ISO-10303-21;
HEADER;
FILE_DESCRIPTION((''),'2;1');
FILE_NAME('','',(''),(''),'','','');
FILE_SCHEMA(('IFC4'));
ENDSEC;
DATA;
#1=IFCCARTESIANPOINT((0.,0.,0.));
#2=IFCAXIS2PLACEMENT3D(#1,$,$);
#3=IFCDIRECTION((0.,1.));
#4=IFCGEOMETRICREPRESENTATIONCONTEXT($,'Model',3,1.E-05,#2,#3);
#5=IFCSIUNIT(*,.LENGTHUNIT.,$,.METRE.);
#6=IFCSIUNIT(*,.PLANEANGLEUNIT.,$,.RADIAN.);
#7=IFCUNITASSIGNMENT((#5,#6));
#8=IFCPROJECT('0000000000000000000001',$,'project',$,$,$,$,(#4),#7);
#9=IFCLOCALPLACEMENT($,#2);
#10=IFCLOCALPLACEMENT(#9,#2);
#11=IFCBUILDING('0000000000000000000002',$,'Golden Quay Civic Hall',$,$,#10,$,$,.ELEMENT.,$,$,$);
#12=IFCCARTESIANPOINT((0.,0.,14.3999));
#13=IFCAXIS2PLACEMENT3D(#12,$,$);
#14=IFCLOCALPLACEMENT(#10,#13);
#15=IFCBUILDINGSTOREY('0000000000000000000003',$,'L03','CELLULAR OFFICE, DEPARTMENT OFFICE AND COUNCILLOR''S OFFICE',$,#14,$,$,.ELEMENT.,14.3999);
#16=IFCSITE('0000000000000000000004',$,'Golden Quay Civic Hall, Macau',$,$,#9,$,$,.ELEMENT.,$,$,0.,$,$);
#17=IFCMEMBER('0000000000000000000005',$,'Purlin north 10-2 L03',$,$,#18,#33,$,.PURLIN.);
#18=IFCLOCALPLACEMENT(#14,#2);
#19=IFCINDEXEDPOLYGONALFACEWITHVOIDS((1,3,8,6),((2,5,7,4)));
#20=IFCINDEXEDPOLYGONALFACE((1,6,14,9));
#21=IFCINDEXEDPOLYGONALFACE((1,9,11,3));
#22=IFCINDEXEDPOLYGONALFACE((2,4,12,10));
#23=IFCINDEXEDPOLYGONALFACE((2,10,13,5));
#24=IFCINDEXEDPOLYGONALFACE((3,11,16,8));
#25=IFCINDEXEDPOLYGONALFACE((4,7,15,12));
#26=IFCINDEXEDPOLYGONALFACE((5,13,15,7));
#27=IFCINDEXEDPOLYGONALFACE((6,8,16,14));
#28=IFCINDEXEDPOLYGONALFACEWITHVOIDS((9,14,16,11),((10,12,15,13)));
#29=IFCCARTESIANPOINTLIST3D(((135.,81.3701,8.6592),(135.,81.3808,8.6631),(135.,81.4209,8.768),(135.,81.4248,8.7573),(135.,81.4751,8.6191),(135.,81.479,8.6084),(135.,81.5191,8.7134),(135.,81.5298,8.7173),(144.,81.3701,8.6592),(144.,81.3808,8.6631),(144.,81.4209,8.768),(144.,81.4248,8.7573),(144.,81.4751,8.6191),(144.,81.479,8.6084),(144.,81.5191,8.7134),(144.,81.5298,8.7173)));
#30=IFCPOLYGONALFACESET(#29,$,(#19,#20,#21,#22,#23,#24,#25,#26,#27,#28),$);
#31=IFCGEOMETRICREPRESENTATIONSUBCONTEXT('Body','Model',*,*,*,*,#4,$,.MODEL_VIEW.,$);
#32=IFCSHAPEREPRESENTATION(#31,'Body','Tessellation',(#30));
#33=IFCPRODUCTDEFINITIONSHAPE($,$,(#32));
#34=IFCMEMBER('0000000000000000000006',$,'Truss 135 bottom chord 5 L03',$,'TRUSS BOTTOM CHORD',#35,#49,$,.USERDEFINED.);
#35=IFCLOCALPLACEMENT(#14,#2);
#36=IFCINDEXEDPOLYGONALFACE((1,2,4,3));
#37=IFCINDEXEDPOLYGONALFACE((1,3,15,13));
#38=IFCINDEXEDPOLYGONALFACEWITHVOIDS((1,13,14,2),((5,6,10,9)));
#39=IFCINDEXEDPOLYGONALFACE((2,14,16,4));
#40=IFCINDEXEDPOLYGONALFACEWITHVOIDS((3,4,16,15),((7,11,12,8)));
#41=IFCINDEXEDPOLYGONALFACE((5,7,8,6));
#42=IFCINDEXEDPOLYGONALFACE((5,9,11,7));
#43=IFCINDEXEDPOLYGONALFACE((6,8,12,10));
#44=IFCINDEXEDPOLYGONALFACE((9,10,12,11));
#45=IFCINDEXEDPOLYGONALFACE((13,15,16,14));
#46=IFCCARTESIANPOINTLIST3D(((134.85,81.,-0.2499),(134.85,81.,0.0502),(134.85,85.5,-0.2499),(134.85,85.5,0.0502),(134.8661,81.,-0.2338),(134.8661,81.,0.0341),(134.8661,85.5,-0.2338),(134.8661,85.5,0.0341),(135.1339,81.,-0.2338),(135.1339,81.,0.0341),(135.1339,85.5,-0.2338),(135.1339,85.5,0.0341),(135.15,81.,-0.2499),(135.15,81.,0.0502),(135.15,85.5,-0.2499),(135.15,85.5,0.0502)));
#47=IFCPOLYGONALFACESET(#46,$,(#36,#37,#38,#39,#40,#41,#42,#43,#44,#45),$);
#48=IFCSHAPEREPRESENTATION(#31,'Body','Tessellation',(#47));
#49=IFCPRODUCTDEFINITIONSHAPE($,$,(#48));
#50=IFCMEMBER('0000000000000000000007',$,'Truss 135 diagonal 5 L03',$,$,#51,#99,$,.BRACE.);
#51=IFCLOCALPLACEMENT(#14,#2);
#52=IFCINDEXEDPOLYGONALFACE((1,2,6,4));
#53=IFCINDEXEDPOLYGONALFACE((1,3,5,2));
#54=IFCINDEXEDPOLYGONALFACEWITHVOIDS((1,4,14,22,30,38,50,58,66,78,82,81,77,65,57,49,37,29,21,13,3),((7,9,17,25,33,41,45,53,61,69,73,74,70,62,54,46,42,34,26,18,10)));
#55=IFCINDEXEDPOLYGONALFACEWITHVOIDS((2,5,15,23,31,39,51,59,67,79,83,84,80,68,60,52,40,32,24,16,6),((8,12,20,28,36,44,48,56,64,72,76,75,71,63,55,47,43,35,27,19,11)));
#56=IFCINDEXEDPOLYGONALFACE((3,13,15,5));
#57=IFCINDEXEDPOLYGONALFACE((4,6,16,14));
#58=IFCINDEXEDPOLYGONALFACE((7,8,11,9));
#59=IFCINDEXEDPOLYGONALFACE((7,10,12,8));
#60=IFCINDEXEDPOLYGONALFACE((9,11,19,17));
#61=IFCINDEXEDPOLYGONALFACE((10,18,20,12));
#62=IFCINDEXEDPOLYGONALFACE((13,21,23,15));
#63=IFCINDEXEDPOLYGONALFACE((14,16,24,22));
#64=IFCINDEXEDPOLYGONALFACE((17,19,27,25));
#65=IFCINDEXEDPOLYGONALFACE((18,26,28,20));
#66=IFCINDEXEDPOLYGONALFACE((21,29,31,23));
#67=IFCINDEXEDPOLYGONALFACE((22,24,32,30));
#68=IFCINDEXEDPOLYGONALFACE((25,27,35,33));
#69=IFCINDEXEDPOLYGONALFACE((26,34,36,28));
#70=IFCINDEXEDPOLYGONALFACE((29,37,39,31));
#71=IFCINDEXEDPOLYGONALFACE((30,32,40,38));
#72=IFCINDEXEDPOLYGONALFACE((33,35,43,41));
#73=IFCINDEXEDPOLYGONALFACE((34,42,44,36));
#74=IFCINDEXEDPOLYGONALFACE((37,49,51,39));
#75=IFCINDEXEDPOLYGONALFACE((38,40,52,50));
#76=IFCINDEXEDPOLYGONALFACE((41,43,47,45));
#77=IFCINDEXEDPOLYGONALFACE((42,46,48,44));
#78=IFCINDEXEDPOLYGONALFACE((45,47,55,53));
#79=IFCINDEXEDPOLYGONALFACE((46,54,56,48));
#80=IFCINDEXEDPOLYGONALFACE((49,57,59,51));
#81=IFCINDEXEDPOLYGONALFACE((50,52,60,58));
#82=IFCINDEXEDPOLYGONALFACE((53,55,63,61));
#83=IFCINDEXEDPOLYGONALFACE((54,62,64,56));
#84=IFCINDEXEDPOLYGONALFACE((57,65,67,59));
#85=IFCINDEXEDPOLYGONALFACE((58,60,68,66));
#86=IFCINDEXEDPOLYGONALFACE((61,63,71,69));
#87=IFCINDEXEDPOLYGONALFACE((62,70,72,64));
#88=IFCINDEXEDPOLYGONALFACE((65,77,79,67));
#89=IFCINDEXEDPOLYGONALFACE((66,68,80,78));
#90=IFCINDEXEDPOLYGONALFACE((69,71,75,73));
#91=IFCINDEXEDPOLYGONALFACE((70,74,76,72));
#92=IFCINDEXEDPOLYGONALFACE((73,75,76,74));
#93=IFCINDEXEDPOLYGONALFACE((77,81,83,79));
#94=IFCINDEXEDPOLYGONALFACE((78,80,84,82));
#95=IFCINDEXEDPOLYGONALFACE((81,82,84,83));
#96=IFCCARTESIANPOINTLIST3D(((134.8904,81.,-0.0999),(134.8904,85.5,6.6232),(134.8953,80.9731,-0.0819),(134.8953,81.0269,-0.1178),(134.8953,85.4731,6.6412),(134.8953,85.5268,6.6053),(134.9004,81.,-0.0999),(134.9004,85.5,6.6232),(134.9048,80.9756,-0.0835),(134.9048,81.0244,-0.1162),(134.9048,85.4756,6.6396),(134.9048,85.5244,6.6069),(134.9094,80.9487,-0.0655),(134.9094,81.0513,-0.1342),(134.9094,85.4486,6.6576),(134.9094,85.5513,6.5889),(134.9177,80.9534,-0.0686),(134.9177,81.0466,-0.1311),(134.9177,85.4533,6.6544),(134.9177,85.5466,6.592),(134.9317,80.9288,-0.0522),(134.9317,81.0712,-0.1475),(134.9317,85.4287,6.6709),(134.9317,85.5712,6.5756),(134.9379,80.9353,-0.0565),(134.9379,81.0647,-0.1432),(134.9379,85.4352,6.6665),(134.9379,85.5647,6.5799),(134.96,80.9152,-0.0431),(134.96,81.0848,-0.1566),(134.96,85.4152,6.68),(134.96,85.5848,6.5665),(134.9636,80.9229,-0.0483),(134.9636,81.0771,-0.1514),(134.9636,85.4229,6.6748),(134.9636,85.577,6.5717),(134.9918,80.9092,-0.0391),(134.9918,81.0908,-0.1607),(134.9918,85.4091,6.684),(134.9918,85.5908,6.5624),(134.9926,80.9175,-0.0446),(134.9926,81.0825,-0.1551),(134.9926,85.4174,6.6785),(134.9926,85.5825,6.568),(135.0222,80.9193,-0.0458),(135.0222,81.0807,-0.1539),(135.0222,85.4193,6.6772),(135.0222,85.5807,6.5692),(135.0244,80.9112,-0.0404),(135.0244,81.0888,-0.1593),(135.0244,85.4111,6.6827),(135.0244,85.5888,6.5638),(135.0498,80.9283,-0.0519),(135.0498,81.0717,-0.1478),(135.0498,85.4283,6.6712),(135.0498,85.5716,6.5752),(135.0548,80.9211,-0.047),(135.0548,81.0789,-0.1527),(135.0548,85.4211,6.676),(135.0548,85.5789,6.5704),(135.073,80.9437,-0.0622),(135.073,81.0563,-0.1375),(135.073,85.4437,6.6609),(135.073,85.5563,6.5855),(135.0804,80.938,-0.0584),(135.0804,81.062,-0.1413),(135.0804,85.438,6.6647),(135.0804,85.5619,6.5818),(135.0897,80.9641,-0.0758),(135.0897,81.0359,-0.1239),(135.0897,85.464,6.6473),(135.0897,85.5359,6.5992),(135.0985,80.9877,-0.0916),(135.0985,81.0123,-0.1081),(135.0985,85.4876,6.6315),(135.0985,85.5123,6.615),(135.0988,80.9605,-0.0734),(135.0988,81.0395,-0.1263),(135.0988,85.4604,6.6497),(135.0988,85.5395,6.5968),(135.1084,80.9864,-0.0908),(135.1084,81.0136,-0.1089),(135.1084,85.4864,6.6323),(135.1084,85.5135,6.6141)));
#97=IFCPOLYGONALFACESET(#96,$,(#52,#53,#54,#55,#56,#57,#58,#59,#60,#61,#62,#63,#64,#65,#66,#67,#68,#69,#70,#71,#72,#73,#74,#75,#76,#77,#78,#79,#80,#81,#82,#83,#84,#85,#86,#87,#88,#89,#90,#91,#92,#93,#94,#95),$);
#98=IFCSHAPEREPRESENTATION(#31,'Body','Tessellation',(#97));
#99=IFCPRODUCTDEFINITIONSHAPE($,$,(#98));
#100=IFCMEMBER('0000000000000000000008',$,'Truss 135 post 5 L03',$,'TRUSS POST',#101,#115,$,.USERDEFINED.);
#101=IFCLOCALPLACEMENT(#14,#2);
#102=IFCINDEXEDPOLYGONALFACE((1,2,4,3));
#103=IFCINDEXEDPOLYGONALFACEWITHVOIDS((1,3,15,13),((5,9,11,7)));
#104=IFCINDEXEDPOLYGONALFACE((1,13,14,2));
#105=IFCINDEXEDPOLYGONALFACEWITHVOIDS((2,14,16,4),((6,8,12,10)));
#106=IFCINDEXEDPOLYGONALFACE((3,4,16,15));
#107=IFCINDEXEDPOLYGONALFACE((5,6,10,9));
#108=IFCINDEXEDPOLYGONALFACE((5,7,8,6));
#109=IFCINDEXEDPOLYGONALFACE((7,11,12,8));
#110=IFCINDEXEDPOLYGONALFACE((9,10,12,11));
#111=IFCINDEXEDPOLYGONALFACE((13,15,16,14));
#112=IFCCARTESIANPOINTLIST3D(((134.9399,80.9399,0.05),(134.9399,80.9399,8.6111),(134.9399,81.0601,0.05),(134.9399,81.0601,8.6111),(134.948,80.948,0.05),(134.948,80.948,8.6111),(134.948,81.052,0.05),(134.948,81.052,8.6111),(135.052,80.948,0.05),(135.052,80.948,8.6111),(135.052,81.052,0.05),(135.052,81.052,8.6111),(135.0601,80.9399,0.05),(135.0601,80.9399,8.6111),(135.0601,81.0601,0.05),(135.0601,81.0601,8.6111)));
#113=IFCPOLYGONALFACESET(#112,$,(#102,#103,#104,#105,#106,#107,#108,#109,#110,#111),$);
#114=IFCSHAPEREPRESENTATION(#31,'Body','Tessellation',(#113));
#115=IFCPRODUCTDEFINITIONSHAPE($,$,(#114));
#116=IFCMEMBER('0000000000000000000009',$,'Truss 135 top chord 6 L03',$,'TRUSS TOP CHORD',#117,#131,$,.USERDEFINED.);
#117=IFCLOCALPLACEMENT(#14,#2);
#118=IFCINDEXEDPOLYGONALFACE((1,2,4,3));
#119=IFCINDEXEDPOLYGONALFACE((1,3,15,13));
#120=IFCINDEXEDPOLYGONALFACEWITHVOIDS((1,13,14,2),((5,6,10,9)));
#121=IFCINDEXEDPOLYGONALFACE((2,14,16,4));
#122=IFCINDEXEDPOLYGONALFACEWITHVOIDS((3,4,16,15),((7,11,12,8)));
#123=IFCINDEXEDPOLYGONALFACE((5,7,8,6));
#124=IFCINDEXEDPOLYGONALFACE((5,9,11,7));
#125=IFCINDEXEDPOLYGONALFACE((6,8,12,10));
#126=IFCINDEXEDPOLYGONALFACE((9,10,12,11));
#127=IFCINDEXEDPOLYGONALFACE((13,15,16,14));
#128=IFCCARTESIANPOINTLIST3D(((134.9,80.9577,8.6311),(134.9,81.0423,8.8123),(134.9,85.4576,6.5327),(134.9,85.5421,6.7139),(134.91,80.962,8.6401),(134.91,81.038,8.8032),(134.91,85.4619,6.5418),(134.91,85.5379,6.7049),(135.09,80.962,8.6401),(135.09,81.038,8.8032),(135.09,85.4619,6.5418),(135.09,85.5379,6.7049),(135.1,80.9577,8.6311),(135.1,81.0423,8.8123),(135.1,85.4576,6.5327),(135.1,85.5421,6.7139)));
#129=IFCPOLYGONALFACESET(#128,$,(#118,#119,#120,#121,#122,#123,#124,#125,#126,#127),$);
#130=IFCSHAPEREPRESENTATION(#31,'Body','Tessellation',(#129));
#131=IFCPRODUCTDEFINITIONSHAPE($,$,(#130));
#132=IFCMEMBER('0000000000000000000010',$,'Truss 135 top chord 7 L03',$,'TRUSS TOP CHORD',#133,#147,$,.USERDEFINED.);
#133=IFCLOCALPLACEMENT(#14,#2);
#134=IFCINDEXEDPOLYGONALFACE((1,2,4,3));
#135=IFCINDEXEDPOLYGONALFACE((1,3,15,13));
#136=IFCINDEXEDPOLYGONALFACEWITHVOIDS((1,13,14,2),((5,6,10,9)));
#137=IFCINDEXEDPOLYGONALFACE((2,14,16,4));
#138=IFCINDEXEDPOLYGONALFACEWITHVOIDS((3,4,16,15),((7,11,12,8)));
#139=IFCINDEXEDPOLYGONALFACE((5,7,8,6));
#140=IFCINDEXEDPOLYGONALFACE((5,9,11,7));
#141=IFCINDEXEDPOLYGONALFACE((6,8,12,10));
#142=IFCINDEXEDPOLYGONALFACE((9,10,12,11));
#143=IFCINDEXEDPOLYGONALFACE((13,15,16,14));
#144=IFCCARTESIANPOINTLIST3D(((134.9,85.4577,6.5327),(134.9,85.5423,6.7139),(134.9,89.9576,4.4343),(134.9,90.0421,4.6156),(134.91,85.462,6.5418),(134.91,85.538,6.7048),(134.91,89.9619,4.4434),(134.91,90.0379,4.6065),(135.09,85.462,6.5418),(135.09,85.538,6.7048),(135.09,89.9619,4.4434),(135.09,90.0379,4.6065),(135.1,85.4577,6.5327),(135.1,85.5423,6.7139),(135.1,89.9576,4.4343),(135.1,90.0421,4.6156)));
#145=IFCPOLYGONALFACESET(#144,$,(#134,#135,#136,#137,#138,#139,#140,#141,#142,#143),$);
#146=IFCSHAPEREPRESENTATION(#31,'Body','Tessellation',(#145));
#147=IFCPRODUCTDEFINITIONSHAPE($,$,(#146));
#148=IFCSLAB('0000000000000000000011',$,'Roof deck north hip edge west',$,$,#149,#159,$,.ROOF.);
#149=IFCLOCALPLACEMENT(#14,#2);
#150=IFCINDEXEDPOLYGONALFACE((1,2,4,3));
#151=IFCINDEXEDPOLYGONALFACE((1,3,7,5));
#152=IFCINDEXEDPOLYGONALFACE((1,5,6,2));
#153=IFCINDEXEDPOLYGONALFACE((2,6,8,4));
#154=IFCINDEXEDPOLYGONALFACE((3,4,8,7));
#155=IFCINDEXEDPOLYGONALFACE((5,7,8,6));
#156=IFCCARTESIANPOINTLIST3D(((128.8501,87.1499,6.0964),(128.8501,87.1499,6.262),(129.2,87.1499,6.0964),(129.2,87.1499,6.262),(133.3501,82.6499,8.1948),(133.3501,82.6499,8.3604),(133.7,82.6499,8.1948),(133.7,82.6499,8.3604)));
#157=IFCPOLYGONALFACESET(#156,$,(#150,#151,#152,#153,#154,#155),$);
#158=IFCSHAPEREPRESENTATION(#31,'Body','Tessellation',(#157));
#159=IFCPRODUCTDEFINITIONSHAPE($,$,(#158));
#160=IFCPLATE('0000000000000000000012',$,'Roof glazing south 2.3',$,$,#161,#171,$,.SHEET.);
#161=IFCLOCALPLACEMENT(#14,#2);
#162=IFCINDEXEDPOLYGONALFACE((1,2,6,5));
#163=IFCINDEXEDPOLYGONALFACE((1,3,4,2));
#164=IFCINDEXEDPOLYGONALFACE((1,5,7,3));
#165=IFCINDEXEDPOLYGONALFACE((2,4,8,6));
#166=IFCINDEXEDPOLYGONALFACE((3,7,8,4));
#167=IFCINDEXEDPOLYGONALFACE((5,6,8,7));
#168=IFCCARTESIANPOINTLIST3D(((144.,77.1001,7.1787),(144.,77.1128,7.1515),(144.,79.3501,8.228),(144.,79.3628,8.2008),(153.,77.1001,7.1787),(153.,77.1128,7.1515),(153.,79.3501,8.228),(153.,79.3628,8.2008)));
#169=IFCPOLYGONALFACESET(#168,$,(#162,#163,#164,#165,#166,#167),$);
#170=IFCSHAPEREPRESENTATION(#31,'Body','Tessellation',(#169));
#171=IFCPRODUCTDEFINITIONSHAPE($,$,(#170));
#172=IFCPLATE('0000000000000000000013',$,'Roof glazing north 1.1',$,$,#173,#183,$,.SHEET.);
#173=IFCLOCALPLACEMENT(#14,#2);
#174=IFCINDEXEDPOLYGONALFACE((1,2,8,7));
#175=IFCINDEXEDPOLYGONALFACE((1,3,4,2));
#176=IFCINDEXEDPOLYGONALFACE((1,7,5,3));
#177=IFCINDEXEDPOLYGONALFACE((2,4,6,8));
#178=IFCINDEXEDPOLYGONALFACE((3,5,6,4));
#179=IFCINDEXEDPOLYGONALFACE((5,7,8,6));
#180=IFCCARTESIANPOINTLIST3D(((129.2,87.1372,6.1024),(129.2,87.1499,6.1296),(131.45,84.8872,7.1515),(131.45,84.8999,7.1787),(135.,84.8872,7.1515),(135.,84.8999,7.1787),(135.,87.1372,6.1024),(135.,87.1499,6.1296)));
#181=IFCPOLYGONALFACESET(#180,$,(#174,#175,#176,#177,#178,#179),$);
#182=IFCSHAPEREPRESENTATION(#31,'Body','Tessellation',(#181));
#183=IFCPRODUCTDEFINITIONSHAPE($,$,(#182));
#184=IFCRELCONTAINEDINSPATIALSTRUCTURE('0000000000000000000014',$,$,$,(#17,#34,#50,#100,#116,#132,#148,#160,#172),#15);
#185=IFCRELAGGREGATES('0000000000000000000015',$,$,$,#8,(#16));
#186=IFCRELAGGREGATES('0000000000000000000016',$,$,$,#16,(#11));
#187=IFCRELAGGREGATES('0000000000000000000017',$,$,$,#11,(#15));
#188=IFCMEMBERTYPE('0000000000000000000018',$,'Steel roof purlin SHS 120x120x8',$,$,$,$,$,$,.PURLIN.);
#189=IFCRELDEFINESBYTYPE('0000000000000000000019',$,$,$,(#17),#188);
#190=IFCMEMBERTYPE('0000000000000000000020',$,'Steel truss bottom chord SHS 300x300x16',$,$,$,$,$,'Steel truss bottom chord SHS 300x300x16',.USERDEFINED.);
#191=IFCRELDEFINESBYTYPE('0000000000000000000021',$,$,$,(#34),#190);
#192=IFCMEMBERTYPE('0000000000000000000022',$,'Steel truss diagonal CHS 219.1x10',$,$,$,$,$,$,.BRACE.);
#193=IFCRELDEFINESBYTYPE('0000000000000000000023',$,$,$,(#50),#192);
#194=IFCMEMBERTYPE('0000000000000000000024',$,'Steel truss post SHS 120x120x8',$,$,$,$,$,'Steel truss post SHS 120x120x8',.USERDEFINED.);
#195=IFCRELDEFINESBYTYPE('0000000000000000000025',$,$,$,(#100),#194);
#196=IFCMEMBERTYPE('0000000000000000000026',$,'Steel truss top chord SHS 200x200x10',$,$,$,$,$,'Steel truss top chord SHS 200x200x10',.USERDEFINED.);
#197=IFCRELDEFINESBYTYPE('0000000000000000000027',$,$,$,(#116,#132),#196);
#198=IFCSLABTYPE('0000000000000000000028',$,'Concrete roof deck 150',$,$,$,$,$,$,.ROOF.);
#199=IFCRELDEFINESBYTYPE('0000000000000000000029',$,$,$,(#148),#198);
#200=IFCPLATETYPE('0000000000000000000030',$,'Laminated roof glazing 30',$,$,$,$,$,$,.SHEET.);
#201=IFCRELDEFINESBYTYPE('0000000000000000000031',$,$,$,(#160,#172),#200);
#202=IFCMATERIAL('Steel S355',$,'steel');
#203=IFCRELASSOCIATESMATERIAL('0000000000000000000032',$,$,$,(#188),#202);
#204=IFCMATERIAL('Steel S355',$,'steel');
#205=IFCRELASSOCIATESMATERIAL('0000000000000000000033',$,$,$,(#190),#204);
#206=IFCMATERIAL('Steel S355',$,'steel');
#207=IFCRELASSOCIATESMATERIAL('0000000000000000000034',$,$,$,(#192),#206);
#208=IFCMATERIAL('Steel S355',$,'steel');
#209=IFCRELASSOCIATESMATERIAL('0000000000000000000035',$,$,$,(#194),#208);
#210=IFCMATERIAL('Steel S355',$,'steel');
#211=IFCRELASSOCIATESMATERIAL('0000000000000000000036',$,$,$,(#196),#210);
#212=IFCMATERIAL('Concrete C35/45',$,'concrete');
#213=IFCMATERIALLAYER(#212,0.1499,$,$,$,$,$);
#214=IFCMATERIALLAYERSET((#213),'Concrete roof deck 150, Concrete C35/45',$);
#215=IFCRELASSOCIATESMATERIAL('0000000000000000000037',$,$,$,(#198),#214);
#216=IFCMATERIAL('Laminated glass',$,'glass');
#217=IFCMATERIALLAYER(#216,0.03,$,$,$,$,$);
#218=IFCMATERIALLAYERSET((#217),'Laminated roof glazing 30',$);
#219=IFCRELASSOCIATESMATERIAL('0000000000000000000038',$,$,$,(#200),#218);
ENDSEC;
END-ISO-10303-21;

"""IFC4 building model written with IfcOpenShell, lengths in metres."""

from ifc_helpers import new_model, si_unit, direction, frame, origin, origin_2d, place, context, subcontext, project, spatial, polyline, hollow_rectangle, hollow_circle, outline, extrude, material, layer, layer_set, material_profile, profile_set, type_object, element, save


model = new_model("IFC4")

# Units and contexts
model_context = context("Model", 3, precision=1e-05, world=origin(), true_north=direction((0.0, 1.0)))
body_context = subcontext(model_context, "Body", "Model", "MODEL_VIEW")
ifc_project = project(units=[si_unit("LENGTHUNIT", "METRE"), si_unit("PLANEANGLEUNIT", "RADIAN")], contexts=[model_context])

# Site, building, storey
site_placement = place(None, origin())
site = spatial("IfcSite", under=ifc_project, at=site_placement, Name="Golden Quay Civic Hall, Macau", CompositionType="ELEMENT", RefElevation=0.0)
building_placement = place(site_placement, origin())
building = spatial("IfcBuilding", under=site, at=building_placement, Name="Golden Quay Civic Hall", CompositionType="ELEMENT")
storey_placement = place(building_placement, frame((0.0, 0.0, 14.3999)))
storey = spatial("IfcBuildingStorey", under=building, at=storey_placement, Name="L03", Description="CELLULAR OFFICE, DEPARTMENT OFFICE AND COUNCILLOR'S OFFICE", CompositionType="ELEMENT", Elevation=14.3999)

# Members
ifc_material_1 = material(Name="Steel S355", Category="steel")
ifc_material_profile_1 = material_profile(ifc_material_1, hollow_rectangle(XDim=0.1201, YDim=0.1201, WallThickness=0.0081, at=origin_2d()), Name="SHS 120x120x8")
ifc_profile_set_1 = profile_set([ifc_material_profile_1], Name="Steel S355")
member_type_1 = type_object("IfcMemberType", Name="Steel roof purlin SHS 120x120x8", PredefinedType="PURLIN", material=ifc_profile_set_1)
member_1_placement = place(storey_placement, frame((135.0, 81.45, 8.6882), z_axis=(1.0, 0.0, 0.0), x_axis=(0.0, 0.906308, -0.422618)))
element("IfcMember", 1, at=member_1_placement, inside=storey, type_object=member_type_1, Name="Purlin north 10-2 L03", PredefinedType="PURLIN", context=body_context, shape_type="SweptSolid", body=[
    extrude(hollow_rectangle(XDim=0.1201, YDim=0.1201, WallThickness=0.0081, at=origin_2d()), origin(), (0.0, 0.0, 1.0), 9.0),
])
ifc_material_2 = material(Name="Steel S355", Category="steel")
ifc_material_profile_2 = material_profile(ifc_material_2, hollow_rectangle(XDim=0.3, YDim=0.3, WallThickness=0.0161, at=origin_2d()), Name="SHS 300x300x16")
ifc_profile_set_2 = profile_set([ifc_material_profile_2], Name="Steel S355")
member_type_2 = type_object("IfcMemberType", Name="Steel truss bottom chord SHS 300x300x16", ElementType="Steel truss bottom chord SHS 300x300x16", PredefinedType="USERDEFINED", material=ifc_profile_set_2)
member_2_placement = place(storey_placement, frame((135.0, 81.0, -0.0999), z_axis=(0.0, 1.0, 0.0), x_axis=(-1.0, 0.0, 0.0)))
element("IfcMember", 2, at=member_2_placement, inside=storey, type_object=member_type_2, Name="Truss 135 bottom chord 5 L03", ObjectType="TRUSS BOTTOM CHORD", PredefinedType="USERDEFINED", context=body_context, shape_type="SweptSolid", body=[
    extrude(hollow_rectangle(XDim=0.3, YDim=0.3, WallThickness=0.0161, at=origin_2d()), origin(), (0.0, 0.0, 1.0), 4.5),
])
ifc_material_3 = material(Name="Steel S355", Category="steel")
ifc_material_profile_3 = material_profile(ifc_material_3, hollow_circle(Radius=0.1096, WallThickness=0.01, at=origin_2d()), Name="CHS 219.1x10")
ifc_profile_set_3 = profile_set([ifc_material_profile_3], Name="Steel S355")
member_type_3 = type_object("IfcMemberType", Name="Steel truss diagonal CHS 219.1x10", PredefinedType="BRACE", material=ifc_profile_set_3)
member_3_placement = place(storey_placement, frame((135.0, 81.0, -0.0999), z_axis=(0.0, 0.556231, 0.831027), x_axis=(-1.0, 0.0, 0.0)))
element("IfcMember", 3, at=member_3_placement, inside=storey, type_object=member_type_3, Name="Truss 135 diagonal 5 L03", PredefinedType="BRACE", context=body_context, shape_type="SweptSolid", body=[
    extrude(hollow_circle(Radius=0.1096, WallThickness=0.01, at=origin_2d()), origin(), (0.0, 0.0, 1.0), 8.0901),
])
ifc_material_4 = material(Name="Steel S355", Category="steel")
ifc_material_profile_4 = material_profile(ifc_material_4, hollow_rectangle(XDim=0.1201, YDim=0.1201, WallThickness=0.0081, at=origin_2d()), Name="SHS 120x120x8")
ifc_profile_set_4 = profile_set([ifc_material_profile_4], Name="Steel S355")
member_type_4 = type_object("IfcMemberType", Name="Steel truss post SHS 120x120x8", ElementType="Steel truss post SHS 120x120x8", PredefinedType="USERDEFINED", material=ifc_profile_set_4)
member_4_placement = place(storey_placement, frame((135.0, 81.0, 0.05), z_axis=(0.0, 0.0, 1.0), x_axis=(1.0, 0.0, 0.0)))
element("IfcMember", 4, at=member_4_placement, inside=storey, type_object=member_type_4, Name="Truss 135 post 5 L03", ObjectType="TRUSS POST", PredefinedType="USERDEFINED", context=body_context, shape_type="SweptSolid", body=[
    extrude(hollow_rectangle(XDim=0.1201, YDim=0.1201, WallThickness=0.0081, at=origin_2d()), origin(), (0.0, 0.0, 1.0), 8.561),
])
ifc_material_5 = material(Name="Steel S355", Category="steel")
ifc_material_profile_5 = material_profile(ifc_material_5, hollow_rectangle(XDim=0.2, YDim=0.2, WallThickness=0.01, at=origin_2d()), Name="SHS 200x200x10")
ifc_profile_set_5 = profile_set([ifc_material_profile_5], Name="Steel S355")
member_type_5 = type_object("IfcMemberType", Name="Steel truss top chord SHS 200x200x10", ElementType="Steel truss top chord SHS 200x200x10", PredefinedType="USERDEFINED", material=ifc_profile_set_5)
for number, where, z_axis, x_axis, name in (
    (5, (135.0, 81.0, 8.7217), (0.0, 0.906307, -0.422619), (-1.0, 0.0, 0.0), "Truss 135 top chord 6 L03"),
    (6, (135.0, 85.5, 6.6233), (0.0, 0.906307, -0.422619), (-1.0, 0.0, 0.0), "Truss 135 top chord 7 L03"),
):
    element("IfcMember", number, at=place(storey_placement, frame(where, z_axis=z_axis, x_axis=x_axis)), inside=storey, type_object=member_type_5, Name=name, ObjectType="TRUSS TOP CHORD", PredefinedType="USERDEFINED", context=body_context, shape_type="SweptSolid", body=[
        extrude(hollow_rectangle(XDim=0.2, YDim=0.2, WallThickness=0.01, at=origin_2d()), origin(), (0.0, 0.0, 1.0), 4.9651),
    ])

# Slab
ifc_material_6 = material(Name="Concrete C35/45", Category="concrete")
ifc_layer_1 = layer(ifc_material_6, 0.1499)
ifc_layer_set_1 = layer_set([ifc_layer_1], Name="Concrete roof deck 150, Concrete C35/45")
slab_type = type_object("IfcSlabType", Name="Concrete roof deck 150", PredefinedType="ROOF", material=ifc_layer_set_1)
slab_placement = place(storey_placement, frame((133.3501, 82.6499, 8.3604), z_axis=(0.0, 0.422619, 0.906307), x_axis=(1.0, 0.0, 0.0)))
element("IfcSlab", 7, at=slab_placement, inside=storey, type_object=slab_type, Name="Roof deck north hip edge west", PredefinedType="ROOF", context=body_context, shape_type="SweptSolid", body=[
    extrude(outline(polyline([(0.0, 0.0), (0.3499, 0.0), (-4.1501, 4.9652), (-4.5, 4.9652), (0.0, 0.0)])), origin(), (0.0, 0.422619, -0.906307), 0.1655),
])

# Plates
ifc_material_7 = material(Name="Laminated glass", Category="glass")
ifc_layer_2 = layer(ifc_material_7, 0.03)
ifc_layer_set_2 = layer_set([ifc_layer_2], Name="Laminated roof glazing 30")
plate_type = type_object("IfcPlateType", Name="Laminated roof glazing 30", PredefinedType="SHEET", material=ifc_layer_set_2)
plate_1_placement = place(storey_placement, frame((144.0, 77.1001, 7.1787), z_axis=(0.0, -0.422659, 0.906289), x_axis=(1.0, 0.0, 0.0)))
element("IfcPlate", 8, at=plate_1_placement, inside=storey, type_object=plate_type, Name="Roof glazing south 2.3", PredefinedType="SHEET", context=body_context, shape_type="SweptSolid", body=[
    extrude(outline(polyline([(0.0, 0.0), (9.0, 0.0), (9.0, 2.4827), (0.0, 2.4827), (0.0, 0.0)])), origin(), (0.0, 0.0, -1.0), 0.03),
])
plate_2_placement = place(storey_placement, frame((131.45, 84.8999, 7.1787), z_axis=(0.0, 0.422579, 0.906326), x_axis=(1.0, 0.0, 0.0)))
element("IfcPlate", 9, at=plate_2_placement, inside=storey, type_object=plate_type, Name="Roof glazing north 1.1", PredefinedType="SHEET", context=body_context, shape_type="SweptSolid", body=[
    extrude(outline(polyline([(0.0, 0.0), (3.55, 0.0), (3.55, 2.4825), (-2.25, 2.4825), (0.0, 0.0)])), origin(), (0.0, 0.0, -1.0), 0.03),
])

save(model, "model.ifc")
